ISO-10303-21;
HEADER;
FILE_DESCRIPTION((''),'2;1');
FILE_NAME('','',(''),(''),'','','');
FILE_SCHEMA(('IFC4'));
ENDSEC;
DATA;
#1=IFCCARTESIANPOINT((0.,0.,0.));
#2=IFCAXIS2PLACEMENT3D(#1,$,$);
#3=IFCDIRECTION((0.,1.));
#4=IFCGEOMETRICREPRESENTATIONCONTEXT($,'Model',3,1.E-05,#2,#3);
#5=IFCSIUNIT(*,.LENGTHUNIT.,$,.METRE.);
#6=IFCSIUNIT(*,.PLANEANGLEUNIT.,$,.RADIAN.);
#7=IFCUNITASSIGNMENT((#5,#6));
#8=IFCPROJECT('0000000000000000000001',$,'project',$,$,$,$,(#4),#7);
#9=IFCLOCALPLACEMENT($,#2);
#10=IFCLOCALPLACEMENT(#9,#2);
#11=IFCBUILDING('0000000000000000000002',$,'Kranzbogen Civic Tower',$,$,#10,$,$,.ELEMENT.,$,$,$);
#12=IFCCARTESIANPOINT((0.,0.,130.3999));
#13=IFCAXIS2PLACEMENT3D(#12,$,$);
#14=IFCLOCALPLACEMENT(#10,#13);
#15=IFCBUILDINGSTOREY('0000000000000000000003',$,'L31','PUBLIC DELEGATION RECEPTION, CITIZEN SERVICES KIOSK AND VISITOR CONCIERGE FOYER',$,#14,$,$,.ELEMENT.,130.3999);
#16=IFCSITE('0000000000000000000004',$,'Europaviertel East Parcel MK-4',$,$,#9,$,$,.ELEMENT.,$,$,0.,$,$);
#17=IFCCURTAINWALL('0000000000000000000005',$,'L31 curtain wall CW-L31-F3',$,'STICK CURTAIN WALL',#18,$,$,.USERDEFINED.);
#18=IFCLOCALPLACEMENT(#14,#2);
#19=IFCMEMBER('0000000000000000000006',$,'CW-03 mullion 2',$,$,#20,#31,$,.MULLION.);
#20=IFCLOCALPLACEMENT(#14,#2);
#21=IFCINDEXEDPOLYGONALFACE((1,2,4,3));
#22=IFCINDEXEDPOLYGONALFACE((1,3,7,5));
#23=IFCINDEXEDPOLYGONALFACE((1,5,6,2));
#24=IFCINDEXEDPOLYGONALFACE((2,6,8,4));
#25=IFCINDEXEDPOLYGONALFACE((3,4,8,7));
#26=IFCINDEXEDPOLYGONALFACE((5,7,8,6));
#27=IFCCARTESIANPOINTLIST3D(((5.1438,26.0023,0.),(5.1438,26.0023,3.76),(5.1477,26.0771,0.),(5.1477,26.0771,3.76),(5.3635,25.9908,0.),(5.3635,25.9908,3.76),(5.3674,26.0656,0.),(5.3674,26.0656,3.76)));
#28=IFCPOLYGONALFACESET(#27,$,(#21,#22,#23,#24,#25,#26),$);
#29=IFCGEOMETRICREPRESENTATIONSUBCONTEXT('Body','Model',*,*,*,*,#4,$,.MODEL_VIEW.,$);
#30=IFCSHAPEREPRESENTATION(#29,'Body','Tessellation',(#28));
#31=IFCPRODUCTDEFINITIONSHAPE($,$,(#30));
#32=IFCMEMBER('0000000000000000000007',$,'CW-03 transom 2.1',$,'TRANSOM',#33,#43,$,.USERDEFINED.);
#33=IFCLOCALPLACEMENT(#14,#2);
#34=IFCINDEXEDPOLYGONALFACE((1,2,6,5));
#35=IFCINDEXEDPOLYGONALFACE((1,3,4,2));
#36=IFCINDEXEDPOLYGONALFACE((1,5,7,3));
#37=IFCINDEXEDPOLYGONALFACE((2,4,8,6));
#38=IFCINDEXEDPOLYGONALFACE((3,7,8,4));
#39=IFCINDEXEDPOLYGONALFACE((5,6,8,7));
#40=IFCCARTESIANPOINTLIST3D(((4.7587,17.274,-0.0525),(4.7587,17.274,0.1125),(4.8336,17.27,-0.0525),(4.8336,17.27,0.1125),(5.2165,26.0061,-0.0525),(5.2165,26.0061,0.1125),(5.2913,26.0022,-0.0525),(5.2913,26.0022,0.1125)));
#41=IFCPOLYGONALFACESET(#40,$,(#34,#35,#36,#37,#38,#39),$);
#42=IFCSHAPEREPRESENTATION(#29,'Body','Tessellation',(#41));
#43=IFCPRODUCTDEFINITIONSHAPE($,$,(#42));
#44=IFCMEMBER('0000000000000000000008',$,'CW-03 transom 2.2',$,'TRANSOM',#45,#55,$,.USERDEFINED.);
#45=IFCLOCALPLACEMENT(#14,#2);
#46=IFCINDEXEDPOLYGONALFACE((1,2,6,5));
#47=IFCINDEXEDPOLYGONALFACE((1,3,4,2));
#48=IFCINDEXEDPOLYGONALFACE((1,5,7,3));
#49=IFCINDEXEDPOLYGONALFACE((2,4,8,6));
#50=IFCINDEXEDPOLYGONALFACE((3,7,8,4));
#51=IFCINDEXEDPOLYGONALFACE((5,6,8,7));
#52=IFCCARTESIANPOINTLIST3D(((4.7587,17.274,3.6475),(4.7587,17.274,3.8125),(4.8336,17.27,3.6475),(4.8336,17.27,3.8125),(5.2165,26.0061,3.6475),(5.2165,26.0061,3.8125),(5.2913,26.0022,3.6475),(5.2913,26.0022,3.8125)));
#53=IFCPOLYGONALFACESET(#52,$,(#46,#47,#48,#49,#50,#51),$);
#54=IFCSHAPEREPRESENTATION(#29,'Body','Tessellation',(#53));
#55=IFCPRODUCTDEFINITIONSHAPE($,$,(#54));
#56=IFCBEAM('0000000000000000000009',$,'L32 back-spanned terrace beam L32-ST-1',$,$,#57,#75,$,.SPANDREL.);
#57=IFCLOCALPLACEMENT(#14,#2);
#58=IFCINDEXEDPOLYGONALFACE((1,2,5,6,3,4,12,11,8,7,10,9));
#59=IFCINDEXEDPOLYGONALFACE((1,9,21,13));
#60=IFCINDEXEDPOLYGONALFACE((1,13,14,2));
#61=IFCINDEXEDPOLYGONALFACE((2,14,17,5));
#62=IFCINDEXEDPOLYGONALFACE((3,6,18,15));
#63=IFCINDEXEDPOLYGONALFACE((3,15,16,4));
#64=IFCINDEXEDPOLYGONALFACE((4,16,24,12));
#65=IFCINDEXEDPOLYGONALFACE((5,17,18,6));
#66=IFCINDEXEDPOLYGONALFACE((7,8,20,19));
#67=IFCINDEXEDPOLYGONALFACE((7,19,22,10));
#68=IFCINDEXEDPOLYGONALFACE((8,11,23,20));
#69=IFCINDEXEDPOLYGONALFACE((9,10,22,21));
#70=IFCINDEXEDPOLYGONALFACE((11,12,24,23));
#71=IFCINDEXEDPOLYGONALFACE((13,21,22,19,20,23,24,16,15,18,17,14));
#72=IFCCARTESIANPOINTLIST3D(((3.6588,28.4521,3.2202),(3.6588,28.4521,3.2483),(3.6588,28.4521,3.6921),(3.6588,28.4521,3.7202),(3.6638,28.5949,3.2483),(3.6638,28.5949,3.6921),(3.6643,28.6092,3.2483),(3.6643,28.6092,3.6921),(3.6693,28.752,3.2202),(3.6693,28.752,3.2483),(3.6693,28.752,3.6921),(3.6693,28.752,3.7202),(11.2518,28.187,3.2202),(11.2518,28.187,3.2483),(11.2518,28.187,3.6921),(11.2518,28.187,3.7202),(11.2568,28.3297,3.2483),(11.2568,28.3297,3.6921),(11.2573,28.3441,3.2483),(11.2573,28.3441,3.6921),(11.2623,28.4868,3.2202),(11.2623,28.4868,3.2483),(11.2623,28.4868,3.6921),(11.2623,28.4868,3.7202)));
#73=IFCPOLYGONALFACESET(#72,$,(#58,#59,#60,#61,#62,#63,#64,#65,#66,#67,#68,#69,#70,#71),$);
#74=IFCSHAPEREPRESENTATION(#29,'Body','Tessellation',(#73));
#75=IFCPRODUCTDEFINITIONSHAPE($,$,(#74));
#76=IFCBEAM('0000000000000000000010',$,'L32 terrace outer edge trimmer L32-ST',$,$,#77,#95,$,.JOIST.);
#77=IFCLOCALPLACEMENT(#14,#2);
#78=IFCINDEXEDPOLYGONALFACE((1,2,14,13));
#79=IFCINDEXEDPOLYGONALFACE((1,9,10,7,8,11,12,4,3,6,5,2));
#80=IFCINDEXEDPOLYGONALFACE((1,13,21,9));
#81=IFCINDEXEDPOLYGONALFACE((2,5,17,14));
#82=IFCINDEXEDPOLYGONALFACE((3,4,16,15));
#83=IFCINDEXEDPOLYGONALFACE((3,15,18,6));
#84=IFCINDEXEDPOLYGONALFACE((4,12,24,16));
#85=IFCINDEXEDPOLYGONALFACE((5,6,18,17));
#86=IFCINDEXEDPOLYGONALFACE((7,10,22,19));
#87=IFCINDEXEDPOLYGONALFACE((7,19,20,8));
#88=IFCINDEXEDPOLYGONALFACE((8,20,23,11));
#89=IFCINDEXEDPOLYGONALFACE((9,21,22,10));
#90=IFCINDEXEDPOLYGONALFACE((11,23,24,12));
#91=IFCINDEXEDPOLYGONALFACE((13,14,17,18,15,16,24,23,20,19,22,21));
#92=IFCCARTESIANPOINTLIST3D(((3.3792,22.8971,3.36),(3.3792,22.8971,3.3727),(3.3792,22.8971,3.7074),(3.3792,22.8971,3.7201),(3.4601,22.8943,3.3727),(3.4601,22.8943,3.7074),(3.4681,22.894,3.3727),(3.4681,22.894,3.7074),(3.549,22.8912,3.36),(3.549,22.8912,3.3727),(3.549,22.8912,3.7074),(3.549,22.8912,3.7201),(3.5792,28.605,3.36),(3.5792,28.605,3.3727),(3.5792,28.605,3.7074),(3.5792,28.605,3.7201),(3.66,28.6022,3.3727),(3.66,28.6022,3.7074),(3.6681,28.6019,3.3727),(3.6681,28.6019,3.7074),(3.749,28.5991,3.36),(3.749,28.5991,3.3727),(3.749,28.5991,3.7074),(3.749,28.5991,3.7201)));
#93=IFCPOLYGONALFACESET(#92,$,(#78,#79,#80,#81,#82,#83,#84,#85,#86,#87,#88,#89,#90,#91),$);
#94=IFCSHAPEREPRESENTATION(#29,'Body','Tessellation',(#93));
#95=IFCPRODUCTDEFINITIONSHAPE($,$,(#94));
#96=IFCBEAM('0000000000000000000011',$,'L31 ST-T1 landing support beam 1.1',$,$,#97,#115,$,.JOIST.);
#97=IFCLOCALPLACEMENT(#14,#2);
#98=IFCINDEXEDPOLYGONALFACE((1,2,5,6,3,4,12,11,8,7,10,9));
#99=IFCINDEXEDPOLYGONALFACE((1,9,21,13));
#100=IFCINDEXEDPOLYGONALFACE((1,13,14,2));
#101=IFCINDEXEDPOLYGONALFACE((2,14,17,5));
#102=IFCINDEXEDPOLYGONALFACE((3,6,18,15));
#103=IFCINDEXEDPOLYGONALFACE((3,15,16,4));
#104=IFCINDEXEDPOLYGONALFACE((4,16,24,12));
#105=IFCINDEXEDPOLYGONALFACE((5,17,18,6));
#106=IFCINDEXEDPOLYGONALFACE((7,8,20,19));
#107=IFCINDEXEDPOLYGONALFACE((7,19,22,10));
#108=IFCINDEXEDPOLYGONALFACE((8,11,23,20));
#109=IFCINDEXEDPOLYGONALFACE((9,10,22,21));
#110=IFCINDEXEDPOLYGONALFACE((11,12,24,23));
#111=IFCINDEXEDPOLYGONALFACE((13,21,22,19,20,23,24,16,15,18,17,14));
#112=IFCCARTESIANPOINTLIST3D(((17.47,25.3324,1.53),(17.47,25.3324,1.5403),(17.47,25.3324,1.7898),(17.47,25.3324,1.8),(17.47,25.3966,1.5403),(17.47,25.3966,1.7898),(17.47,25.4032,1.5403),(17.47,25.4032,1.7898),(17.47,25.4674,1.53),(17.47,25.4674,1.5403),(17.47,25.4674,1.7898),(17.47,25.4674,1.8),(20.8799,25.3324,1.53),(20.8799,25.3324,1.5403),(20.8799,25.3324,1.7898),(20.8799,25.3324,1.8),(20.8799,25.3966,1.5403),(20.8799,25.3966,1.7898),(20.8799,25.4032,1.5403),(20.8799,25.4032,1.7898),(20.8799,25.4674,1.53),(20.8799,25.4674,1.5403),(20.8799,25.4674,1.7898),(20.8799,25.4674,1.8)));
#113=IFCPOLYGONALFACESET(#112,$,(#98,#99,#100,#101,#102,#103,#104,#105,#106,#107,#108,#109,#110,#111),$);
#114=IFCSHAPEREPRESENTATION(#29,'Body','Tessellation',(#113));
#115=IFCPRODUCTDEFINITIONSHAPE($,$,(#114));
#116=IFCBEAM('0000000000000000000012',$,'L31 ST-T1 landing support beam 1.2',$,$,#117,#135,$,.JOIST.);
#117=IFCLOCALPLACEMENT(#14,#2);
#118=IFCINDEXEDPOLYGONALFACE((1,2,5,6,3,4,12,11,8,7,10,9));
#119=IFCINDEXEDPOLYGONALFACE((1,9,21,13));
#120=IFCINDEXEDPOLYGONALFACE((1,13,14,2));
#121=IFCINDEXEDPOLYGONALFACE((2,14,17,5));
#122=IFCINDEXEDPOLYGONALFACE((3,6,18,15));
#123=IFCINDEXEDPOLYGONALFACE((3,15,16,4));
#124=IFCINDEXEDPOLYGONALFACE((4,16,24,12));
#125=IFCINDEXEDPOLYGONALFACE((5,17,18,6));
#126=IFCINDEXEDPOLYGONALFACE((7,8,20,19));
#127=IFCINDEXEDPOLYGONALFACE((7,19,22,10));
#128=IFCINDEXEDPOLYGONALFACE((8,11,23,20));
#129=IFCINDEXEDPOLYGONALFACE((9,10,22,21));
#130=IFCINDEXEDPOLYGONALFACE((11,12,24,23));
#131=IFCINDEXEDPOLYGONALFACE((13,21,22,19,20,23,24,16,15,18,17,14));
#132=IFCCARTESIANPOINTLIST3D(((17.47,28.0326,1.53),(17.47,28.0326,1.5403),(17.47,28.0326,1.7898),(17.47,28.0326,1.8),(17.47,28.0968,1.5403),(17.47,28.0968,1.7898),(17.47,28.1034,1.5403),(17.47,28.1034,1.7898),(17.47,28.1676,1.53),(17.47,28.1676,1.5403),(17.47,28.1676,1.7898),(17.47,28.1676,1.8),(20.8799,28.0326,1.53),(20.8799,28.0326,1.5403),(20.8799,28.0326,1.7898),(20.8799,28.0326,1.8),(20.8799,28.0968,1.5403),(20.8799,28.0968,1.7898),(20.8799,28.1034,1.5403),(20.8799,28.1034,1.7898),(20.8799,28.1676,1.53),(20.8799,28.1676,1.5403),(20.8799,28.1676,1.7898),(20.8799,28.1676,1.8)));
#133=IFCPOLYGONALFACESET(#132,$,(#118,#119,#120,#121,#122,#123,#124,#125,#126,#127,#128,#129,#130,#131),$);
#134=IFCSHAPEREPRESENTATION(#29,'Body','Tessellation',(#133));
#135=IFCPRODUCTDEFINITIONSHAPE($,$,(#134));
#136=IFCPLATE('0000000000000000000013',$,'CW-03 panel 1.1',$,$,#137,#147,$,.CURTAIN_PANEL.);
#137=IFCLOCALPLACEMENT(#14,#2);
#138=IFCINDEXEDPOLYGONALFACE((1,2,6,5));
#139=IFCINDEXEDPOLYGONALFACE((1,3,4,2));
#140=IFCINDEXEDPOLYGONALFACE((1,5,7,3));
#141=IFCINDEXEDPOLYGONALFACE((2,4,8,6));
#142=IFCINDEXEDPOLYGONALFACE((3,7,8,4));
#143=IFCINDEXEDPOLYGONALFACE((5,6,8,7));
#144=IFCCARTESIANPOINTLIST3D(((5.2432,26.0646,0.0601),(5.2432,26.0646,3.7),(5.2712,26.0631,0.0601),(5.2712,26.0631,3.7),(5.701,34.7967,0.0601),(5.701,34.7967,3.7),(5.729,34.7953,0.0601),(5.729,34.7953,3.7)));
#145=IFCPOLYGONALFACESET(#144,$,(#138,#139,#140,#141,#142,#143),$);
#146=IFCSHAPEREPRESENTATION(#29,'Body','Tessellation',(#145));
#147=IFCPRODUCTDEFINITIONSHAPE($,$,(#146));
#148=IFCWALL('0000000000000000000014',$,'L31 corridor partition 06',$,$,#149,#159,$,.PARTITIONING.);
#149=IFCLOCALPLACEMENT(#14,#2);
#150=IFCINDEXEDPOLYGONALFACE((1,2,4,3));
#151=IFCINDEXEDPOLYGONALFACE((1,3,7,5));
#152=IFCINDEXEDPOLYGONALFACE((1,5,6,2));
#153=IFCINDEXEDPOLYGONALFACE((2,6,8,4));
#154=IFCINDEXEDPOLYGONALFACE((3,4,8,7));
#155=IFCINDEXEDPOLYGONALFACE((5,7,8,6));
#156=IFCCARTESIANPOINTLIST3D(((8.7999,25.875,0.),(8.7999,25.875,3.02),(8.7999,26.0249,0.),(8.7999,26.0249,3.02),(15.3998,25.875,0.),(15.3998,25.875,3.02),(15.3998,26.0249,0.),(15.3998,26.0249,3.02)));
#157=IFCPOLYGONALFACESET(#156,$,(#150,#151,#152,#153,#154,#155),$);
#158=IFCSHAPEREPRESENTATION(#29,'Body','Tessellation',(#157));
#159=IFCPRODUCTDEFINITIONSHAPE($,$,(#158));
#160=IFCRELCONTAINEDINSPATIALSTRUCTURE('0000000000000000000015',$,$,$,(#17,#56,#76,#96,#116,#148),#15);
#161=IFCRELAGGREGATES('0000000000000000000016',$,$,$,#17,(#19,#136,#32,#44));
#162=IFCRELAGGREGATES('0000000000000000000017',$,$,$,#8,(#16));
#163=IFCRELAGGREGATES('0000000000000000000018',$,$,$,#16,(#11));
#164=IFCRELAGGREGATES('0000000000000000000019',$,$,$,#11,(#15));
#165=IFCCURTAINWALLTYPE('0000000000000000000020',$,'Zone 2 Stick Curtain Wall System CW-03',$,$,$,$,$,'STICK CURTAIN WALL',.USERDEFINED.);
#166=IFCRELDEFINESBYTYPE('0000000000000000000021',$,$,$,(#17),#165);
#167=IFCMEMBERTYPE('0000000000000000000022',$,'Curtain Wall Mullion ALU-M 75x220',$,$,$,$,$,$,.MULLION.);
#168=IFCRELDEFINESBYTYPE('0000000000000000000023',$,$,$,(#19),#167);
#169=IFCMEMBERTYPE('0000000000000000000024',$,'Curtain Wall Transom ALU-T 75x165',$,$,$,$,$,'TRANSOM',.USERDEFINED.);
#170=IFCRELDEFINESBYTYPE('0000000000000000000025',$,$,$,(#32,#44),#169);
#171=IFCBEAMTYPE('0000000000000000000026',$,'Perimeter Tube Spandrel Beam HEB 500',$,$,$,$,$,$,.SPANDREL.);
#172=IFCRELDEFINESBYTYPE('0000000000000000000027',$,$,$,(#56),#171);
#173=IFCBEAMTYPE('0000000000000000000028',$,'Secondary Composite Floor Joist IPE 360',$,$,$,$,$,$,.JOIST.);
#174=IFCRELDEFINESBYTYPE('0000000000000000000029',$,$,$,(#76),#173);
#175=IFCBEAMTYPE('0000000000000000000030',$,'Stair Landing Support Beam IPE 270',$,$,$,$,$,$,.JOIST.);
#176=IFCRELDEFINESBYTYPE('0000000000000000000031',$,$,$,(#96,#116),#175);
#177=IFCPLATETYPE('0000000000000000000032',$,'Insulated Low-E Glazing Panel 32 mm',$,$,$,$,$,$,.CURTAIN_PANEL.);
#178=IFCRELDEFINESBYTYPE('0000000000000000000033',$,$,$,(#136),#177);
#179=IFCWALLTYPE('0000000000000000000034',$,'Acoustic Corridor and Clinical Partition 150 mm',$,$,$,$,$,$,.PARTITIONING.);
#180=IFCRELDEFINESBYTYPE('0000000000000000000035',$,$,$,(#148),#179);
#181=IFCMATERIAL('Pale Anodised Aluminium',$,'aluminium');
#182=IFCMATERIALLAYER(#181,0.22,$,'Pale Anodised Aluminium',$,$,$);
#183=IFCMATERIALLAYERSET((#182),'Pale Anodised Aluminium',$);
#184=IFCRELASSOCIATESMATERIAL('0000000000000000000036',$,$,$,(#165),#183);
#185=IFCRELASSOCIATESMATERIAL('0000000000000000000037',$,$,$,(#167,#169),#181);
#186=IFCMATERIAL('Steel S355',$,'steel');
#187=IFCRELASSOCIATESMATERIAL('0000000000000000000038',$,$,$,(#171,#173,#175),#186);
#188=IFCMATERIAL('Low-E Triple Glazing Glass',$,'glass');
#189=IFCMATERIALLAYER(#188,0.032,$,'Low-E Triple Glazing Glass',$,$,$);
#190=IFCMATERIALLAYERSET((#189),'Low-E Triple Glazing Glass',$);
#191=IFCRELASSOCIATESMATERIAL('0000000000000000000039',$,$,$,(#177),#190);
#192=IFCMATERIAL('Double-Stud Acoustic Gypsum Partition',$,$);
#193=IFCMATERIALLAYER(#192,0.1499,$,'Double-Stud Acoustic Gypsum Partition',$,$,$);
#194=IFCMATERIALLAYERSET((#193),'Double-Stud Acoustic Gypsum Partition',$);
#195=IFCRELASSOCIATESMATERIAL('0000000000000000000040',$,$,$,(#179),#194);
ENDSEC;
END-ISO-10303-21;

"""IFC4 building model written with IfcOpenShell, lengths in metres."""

from ifc_helpers import new_model, si_unit, direction, frame, frame_2d, origin, origin_2d, place, context, subcontext, project, spatial, rectangle, i_section, extrude, material, layer, layer_set, material_profile, profile_set, type_object, element, aggregate, save


model = new_model("IFC4")

# Units and contexts
model_context = context("Model", 3, precision=1e-05, world=origin(), true_north=direction((0.0, 1.0)))
body_context = subcontext(model_context, "Body", "Model", "MODEL_VIEW")
ifc_project = project(units=[si_unit("LENGTHUNIT", "METRE"), si_unit("PLANEANGLEUNIT", "RADIAN")], contexts=[model_context])

# Site, building, storey
site_placement = place(None, origin())
site = spatial("IfcSite", under=ifc_project, at=site_placement, Name="Europaviertel East Parcel MK-4", CompositionType="ELEMENT", RefElevation=0.0)
building_placement = place(site_placement, origin())
building = spatial("IfcBuilding", under=site, at=building_placement, Name="Kranzbogen Civic Tower", CompositionType="ELEMENT")
storey_placement = place(building_placement, frame((0.0, 0.0, 130.3999)))
storey = spatial("IfcBuildingStorey", under=building, at=storey_placement, Name="L31", Description="PUBLIC DELEGATION RECEPTION, CITIZEN SERVICES KIOSK AND VISITOR CONCIERGE FOYER", CompositionType="ELEMENT", Elevation=130.3999)

# Curtain wall, members
ifc_material_1 = material(Name="Pale Anodised Aluminium", Category="aluminium")
ifc_layer_1 = layer(ifc_material_1, 0.22, Name="Pale Anodised Aluminium")
ifc_layer_set_1 = layer_set([ifc_layer_1], Name="Pale Anodised Aluminium")
curtain_wall_type = type_object("IfcCurtainWallType", Name="Zone 2 Stick Curtain Wall System CW-03", ElementType="STICK CURTAIN WALL", PredefinedType="USERDEFINED", material=ifc_layer_set_1)
curtain_wall_placement = place(storey_placement, origin())
curtain_wall = element("IfcCurtainWall", 1, at=curtain_wall_placement, inside=storey, type_object=curtain_wall_type, Name="L31 curtain wall CW-L31-F3", ObjectType="STICK CURTAIN WALL", PredefinedType="USERDEFINED")
ifc_material_profile_1 = material_profile(ifc_material_1, rectangle(XDim=0.075, YDim=0.22, at=origin_2d()), Name="ALU-M 75x220")
ifc_profile_set_1 = profile_set([ifc_material_profile_1], Name="Pale Anodised Aluminium")
member_type_1 = type_object("IfcMemberType", Name="Curtain Wall Mullion ALU-M 75x220", PredefinedType="MULLION", material=ifc_profile_set_1)
member_1_placement = place(storey_placement, frame((5.2556, 26.0339, 0.0), z_axis=(0.0, 0.0, 1.0), x_axis=(-0.052354, -0.998629, 0.0)))
member_1 = element("IfcMember", 2, at=member_1_placement, type_object=member_type_1, Name="CW-03 mullion 2", PredefinedType="MULLION", context=body_context, shape_type="SweptSolid", body=[
    extrude(rectangle(XDim=0.075, YDim=0.22, at=origin_2d()), origin(), (0.0, 0.0, 1.0), 3.76),
])
ifc_material_profile_2 = material_profile(ifc_material_1, rectangle(XDim=0.075, YDim=0.165, at=origin_2d()), Name="ALU-T 75x165")
ifc_profile_set_2 = profile_set([ifc_material_profile_2], Name="Pale Anodised Aluminium")
member_type_2 = type_object("IfcMemberType", Name="Curtain Wall Transom ALU-T 75x165", ElementType="TRANSOM", PredefinedType="USERDEFINED", material=ifc_profile_set_2)
member_2_placement = place(storey_placement, frame((5.2539, 26.0042, 0.03), z_axis=(-0.052351, -0.998629, 0.0), x_axis=(0.998629, -0.052351, 0.0)))
member_2 = element("IfcMember", 3, at=member_2_placement, type_object=member_type_2, Name="CW-03 transom 2.1", ObjectType="TRANSOM", PredefinedType="USERDEFINED", context=body_context, shape_type="SweptSolid", body=[
    extrude(rectangle(XDim=0.075, YDim=0.165, at=origin_2d()), origin(), (0.0, 0.0, 1.0), 8.7441),
])
member_3_placement = place(storey_placement, frame((5.2539, 26.0042, 3.73), z_axis=(-0.052351, -0.998629, 0.0), x_axis=(0.998629, -0.052351, 0.0)))
member_3 = element("IfcMember", 4, at=member_3_placement, type_object=member_type_2, Name="CW-03 transom 2.2", ObjectType="TRANSOM", PredefinedType="USERDEFINED", context=body_context, shape_type="SweptSolid", body=[
    extrude(rectangle(XDim=0.075, YDim=0.165, at=origin_2d()), origin(), (0.0, 0.0, 1.0), 8.7441),
])

# Beams
ifc_material_2 = material(Name="Steel S355", Category="steel")
ifc_material_profile_3 = material_profile(ifc_material_2, i_section(OverallWidth=0.3, OverallDepth=0.5, WebThickness=0.0144, FlangeThickness=0.0281, at=origin_2d()), Name="HEB 500")
ifc_profile_set_3 = profile_set([ifc_material_profile_3], Name="Steel S355")
beam_type_1 = type_object("IfcBeamType", Name="Perimeter Tube Spandrel Beam HEB 500", PredefinedType="SPANDREL", material=ifc_profile_set_3)
beam_1_placement = place(storey_placement, frame((11.2571, 28.3369, 3.4702), z_axis=(-0.999391, 0.034897, 0.0), x_axis=(-0.034897, -0.999391, 0.0)))
element("IfcBeam", 5, at=beam_1_placement, inside=storey, type_object=beam_type_1, Name="L32 back-spanned terrace beam L32-ST-1", PredefinedType="SPANDREL", context=body_context, shape_type="SweptSolid", body=[
    extrude(i_section(OverallWidth=0.3, OverallDepth=0.5, WebThickness=0.0144, FlangeThickness=0.0281, at=origin_2d()), origin(), (0.0, 0.0, 1.0), 7.5977),
])
ifc_material_profile_4 = material_profile(ifc_material_2, i_section(OverallWidth=0.1699, OverallDepth=0.3601, WebThickness=0.0081, FlangeThickness=0.0127, at=origin_2d()), Name="IPE 360")
ifc_profile_set_4 = profile_set([ifc_material_profile_4], Name="Steel S355")
beam_type_2 = type_object("IfcBeamType", Name="Secondary Composite Floor Joist IPE 360", PredefinedType="JOIST", material=ifc_profile_set_4)
beam_2_placement = place(storey_placement, frame((3.6641, 28.6021, 3.54), z_axis=(-0.035008, -0.999387, 0.0), x_axis=(0.999387, -0.035008, 0.0)))
element("IfcBeam", 6, at=beam_2_placement, inside=storey, type_object=beam_type_2, Name="L32 terrace outer edge trimmer L32-ST", PredefinedType="JOIST", context=body_context, shape_type="SweptSolid", body=[
    extrude(i_section(OverallWidth=0.1699, OverallDepth=0.3601, WebThickness=0.0081, FlangeThickness=0.0127, at=origin_2d()), origin(), (0.0, 0.0, 1.0), 5.7114),
])
ifc_material_profile_5 = material_profile(ifc_material_2, i_section(OverallWidth=0.135, OverallDepth=0.27, WebThickness=0.0066, FlangeThickness=0.0103, at=origin_2d()), Name="IPE 270")
ifc_profile_set_5 = profile_set([ifc_material_profile_5], Name="Steel S355")
beam_type_3 = type_object("IfcBeamType", Name="Stair Landing Support Beam IPE 270", PredefinedType="JOIST", material=ifc_profile_set_5)
for number, where, z_axis, x_axis, name in (
    (7, (20.8799, 25.3999, 1.665), (-1.0, 0.0, 0.0), (0.0, -1.0, 0.0), "L31 ST-T1 landing support beam 1.1"),
    (8, (20.8799, 28.1001, 1.665), (-1.0, 0.0, 0.0), (0.0, -1.0, 0.0), "L31 ST-T1 landing support beam 1.2"),
):
    element("IfcBeam", number, at=place(storey_placement, frame(where, z_axis=z_axis, x_axis=x_axis)), inside=storey, type_object=beam_type_3, Name=name, PredefinedType="JOIST", context=body_context, shape_type="SweptSolid", body=[
        extrude(i_section(OverallWidth=0.135, OverallDepth=0.27, WebThickness=0.0066, FlangeThickness=0.0103, at=origin_2d()), origin(), (0.0, 0.0, 1.0), 3.4099),
    ])

# Plate
ifc_material_3 = material(Name="Low-E Triple Glazing Glass", Category="glass")
ifc_layer_2 = layer(ifc_material_3, 0.032, Name="Low-E Triple Glazing Glass")
ifc_layer_set_2 = layer_set([ifc_layer_2], Name="Low-E Triple Glazing Glass")
plate_type = type_object("IfcPlateType", Name="Insulated Low-E Glazing Panel 32 mm", PredefinedType="CURTAIN_PANEL", material=ifc_layer_set_2)
plate_placement = place(storey_placement, frame((5.4861, 30.4299, 0.0601), z_axis=(0.0, 0.0, 1.0), x_axis=(-0.052354, -0.998629, 0.0)))
plate = element("IfcPlate", 9, at=plate_placement, type_object=plate_type, Name="CW-03 panel 1.1", PredefinedType="CURTAIN_PANEL", context=body_context, shape_type="SweptSolid", body=[
    extrude(rectangle(XDim=8.7441, YDim=0.0281, at=origin_2d()), origin(), (0.0, 0.0, 1.0), 3.6399),
])
aggregate(curtain_wall, [member_1, plate, member_2, member_3])

# Wall
ifc_material_4 = material(Name="Double-Stud Acoustic Gypsum Partition")
ifc_layer_3 = layer(ifc_material_4, 0.1499, Name="Double-Stud Acoustic Gypsum Partition")
ifc_layer_set_3 = layer_set([ifc_layer_3], Name="Double-Stud Acoustic Gypsum Partition")
wall_type_1 = type_object("IfcWallType", Name="Acoustic Corridor and Clinical Partition 150 mm", PredefinedType="PARTITIONING", material=ifc_layer_set_3)
wall_1_placement = place(storey_placement, frame((8.8, 25.95, 0.0), z_axis=(0.0, 0.0, 1.0), x_axis=(1.0, 0.0, 0.0)))
element("IfcWall", 10, at=wall_1_placement, inside=storey, type_object=wall_type_1, Name="L31 corridor partition 06", PredefinedType="PARTITIONING", context=body_context, shape_type="SweptSolid", body=[
    extrude(rectangle(XDim=6.5999, YDim=0.1499, at=frame_2d((3.2998, 0.0))), origin(), (0.0, 0.0, 1.0), 3.02),
])

save(model, "model.ifc")
